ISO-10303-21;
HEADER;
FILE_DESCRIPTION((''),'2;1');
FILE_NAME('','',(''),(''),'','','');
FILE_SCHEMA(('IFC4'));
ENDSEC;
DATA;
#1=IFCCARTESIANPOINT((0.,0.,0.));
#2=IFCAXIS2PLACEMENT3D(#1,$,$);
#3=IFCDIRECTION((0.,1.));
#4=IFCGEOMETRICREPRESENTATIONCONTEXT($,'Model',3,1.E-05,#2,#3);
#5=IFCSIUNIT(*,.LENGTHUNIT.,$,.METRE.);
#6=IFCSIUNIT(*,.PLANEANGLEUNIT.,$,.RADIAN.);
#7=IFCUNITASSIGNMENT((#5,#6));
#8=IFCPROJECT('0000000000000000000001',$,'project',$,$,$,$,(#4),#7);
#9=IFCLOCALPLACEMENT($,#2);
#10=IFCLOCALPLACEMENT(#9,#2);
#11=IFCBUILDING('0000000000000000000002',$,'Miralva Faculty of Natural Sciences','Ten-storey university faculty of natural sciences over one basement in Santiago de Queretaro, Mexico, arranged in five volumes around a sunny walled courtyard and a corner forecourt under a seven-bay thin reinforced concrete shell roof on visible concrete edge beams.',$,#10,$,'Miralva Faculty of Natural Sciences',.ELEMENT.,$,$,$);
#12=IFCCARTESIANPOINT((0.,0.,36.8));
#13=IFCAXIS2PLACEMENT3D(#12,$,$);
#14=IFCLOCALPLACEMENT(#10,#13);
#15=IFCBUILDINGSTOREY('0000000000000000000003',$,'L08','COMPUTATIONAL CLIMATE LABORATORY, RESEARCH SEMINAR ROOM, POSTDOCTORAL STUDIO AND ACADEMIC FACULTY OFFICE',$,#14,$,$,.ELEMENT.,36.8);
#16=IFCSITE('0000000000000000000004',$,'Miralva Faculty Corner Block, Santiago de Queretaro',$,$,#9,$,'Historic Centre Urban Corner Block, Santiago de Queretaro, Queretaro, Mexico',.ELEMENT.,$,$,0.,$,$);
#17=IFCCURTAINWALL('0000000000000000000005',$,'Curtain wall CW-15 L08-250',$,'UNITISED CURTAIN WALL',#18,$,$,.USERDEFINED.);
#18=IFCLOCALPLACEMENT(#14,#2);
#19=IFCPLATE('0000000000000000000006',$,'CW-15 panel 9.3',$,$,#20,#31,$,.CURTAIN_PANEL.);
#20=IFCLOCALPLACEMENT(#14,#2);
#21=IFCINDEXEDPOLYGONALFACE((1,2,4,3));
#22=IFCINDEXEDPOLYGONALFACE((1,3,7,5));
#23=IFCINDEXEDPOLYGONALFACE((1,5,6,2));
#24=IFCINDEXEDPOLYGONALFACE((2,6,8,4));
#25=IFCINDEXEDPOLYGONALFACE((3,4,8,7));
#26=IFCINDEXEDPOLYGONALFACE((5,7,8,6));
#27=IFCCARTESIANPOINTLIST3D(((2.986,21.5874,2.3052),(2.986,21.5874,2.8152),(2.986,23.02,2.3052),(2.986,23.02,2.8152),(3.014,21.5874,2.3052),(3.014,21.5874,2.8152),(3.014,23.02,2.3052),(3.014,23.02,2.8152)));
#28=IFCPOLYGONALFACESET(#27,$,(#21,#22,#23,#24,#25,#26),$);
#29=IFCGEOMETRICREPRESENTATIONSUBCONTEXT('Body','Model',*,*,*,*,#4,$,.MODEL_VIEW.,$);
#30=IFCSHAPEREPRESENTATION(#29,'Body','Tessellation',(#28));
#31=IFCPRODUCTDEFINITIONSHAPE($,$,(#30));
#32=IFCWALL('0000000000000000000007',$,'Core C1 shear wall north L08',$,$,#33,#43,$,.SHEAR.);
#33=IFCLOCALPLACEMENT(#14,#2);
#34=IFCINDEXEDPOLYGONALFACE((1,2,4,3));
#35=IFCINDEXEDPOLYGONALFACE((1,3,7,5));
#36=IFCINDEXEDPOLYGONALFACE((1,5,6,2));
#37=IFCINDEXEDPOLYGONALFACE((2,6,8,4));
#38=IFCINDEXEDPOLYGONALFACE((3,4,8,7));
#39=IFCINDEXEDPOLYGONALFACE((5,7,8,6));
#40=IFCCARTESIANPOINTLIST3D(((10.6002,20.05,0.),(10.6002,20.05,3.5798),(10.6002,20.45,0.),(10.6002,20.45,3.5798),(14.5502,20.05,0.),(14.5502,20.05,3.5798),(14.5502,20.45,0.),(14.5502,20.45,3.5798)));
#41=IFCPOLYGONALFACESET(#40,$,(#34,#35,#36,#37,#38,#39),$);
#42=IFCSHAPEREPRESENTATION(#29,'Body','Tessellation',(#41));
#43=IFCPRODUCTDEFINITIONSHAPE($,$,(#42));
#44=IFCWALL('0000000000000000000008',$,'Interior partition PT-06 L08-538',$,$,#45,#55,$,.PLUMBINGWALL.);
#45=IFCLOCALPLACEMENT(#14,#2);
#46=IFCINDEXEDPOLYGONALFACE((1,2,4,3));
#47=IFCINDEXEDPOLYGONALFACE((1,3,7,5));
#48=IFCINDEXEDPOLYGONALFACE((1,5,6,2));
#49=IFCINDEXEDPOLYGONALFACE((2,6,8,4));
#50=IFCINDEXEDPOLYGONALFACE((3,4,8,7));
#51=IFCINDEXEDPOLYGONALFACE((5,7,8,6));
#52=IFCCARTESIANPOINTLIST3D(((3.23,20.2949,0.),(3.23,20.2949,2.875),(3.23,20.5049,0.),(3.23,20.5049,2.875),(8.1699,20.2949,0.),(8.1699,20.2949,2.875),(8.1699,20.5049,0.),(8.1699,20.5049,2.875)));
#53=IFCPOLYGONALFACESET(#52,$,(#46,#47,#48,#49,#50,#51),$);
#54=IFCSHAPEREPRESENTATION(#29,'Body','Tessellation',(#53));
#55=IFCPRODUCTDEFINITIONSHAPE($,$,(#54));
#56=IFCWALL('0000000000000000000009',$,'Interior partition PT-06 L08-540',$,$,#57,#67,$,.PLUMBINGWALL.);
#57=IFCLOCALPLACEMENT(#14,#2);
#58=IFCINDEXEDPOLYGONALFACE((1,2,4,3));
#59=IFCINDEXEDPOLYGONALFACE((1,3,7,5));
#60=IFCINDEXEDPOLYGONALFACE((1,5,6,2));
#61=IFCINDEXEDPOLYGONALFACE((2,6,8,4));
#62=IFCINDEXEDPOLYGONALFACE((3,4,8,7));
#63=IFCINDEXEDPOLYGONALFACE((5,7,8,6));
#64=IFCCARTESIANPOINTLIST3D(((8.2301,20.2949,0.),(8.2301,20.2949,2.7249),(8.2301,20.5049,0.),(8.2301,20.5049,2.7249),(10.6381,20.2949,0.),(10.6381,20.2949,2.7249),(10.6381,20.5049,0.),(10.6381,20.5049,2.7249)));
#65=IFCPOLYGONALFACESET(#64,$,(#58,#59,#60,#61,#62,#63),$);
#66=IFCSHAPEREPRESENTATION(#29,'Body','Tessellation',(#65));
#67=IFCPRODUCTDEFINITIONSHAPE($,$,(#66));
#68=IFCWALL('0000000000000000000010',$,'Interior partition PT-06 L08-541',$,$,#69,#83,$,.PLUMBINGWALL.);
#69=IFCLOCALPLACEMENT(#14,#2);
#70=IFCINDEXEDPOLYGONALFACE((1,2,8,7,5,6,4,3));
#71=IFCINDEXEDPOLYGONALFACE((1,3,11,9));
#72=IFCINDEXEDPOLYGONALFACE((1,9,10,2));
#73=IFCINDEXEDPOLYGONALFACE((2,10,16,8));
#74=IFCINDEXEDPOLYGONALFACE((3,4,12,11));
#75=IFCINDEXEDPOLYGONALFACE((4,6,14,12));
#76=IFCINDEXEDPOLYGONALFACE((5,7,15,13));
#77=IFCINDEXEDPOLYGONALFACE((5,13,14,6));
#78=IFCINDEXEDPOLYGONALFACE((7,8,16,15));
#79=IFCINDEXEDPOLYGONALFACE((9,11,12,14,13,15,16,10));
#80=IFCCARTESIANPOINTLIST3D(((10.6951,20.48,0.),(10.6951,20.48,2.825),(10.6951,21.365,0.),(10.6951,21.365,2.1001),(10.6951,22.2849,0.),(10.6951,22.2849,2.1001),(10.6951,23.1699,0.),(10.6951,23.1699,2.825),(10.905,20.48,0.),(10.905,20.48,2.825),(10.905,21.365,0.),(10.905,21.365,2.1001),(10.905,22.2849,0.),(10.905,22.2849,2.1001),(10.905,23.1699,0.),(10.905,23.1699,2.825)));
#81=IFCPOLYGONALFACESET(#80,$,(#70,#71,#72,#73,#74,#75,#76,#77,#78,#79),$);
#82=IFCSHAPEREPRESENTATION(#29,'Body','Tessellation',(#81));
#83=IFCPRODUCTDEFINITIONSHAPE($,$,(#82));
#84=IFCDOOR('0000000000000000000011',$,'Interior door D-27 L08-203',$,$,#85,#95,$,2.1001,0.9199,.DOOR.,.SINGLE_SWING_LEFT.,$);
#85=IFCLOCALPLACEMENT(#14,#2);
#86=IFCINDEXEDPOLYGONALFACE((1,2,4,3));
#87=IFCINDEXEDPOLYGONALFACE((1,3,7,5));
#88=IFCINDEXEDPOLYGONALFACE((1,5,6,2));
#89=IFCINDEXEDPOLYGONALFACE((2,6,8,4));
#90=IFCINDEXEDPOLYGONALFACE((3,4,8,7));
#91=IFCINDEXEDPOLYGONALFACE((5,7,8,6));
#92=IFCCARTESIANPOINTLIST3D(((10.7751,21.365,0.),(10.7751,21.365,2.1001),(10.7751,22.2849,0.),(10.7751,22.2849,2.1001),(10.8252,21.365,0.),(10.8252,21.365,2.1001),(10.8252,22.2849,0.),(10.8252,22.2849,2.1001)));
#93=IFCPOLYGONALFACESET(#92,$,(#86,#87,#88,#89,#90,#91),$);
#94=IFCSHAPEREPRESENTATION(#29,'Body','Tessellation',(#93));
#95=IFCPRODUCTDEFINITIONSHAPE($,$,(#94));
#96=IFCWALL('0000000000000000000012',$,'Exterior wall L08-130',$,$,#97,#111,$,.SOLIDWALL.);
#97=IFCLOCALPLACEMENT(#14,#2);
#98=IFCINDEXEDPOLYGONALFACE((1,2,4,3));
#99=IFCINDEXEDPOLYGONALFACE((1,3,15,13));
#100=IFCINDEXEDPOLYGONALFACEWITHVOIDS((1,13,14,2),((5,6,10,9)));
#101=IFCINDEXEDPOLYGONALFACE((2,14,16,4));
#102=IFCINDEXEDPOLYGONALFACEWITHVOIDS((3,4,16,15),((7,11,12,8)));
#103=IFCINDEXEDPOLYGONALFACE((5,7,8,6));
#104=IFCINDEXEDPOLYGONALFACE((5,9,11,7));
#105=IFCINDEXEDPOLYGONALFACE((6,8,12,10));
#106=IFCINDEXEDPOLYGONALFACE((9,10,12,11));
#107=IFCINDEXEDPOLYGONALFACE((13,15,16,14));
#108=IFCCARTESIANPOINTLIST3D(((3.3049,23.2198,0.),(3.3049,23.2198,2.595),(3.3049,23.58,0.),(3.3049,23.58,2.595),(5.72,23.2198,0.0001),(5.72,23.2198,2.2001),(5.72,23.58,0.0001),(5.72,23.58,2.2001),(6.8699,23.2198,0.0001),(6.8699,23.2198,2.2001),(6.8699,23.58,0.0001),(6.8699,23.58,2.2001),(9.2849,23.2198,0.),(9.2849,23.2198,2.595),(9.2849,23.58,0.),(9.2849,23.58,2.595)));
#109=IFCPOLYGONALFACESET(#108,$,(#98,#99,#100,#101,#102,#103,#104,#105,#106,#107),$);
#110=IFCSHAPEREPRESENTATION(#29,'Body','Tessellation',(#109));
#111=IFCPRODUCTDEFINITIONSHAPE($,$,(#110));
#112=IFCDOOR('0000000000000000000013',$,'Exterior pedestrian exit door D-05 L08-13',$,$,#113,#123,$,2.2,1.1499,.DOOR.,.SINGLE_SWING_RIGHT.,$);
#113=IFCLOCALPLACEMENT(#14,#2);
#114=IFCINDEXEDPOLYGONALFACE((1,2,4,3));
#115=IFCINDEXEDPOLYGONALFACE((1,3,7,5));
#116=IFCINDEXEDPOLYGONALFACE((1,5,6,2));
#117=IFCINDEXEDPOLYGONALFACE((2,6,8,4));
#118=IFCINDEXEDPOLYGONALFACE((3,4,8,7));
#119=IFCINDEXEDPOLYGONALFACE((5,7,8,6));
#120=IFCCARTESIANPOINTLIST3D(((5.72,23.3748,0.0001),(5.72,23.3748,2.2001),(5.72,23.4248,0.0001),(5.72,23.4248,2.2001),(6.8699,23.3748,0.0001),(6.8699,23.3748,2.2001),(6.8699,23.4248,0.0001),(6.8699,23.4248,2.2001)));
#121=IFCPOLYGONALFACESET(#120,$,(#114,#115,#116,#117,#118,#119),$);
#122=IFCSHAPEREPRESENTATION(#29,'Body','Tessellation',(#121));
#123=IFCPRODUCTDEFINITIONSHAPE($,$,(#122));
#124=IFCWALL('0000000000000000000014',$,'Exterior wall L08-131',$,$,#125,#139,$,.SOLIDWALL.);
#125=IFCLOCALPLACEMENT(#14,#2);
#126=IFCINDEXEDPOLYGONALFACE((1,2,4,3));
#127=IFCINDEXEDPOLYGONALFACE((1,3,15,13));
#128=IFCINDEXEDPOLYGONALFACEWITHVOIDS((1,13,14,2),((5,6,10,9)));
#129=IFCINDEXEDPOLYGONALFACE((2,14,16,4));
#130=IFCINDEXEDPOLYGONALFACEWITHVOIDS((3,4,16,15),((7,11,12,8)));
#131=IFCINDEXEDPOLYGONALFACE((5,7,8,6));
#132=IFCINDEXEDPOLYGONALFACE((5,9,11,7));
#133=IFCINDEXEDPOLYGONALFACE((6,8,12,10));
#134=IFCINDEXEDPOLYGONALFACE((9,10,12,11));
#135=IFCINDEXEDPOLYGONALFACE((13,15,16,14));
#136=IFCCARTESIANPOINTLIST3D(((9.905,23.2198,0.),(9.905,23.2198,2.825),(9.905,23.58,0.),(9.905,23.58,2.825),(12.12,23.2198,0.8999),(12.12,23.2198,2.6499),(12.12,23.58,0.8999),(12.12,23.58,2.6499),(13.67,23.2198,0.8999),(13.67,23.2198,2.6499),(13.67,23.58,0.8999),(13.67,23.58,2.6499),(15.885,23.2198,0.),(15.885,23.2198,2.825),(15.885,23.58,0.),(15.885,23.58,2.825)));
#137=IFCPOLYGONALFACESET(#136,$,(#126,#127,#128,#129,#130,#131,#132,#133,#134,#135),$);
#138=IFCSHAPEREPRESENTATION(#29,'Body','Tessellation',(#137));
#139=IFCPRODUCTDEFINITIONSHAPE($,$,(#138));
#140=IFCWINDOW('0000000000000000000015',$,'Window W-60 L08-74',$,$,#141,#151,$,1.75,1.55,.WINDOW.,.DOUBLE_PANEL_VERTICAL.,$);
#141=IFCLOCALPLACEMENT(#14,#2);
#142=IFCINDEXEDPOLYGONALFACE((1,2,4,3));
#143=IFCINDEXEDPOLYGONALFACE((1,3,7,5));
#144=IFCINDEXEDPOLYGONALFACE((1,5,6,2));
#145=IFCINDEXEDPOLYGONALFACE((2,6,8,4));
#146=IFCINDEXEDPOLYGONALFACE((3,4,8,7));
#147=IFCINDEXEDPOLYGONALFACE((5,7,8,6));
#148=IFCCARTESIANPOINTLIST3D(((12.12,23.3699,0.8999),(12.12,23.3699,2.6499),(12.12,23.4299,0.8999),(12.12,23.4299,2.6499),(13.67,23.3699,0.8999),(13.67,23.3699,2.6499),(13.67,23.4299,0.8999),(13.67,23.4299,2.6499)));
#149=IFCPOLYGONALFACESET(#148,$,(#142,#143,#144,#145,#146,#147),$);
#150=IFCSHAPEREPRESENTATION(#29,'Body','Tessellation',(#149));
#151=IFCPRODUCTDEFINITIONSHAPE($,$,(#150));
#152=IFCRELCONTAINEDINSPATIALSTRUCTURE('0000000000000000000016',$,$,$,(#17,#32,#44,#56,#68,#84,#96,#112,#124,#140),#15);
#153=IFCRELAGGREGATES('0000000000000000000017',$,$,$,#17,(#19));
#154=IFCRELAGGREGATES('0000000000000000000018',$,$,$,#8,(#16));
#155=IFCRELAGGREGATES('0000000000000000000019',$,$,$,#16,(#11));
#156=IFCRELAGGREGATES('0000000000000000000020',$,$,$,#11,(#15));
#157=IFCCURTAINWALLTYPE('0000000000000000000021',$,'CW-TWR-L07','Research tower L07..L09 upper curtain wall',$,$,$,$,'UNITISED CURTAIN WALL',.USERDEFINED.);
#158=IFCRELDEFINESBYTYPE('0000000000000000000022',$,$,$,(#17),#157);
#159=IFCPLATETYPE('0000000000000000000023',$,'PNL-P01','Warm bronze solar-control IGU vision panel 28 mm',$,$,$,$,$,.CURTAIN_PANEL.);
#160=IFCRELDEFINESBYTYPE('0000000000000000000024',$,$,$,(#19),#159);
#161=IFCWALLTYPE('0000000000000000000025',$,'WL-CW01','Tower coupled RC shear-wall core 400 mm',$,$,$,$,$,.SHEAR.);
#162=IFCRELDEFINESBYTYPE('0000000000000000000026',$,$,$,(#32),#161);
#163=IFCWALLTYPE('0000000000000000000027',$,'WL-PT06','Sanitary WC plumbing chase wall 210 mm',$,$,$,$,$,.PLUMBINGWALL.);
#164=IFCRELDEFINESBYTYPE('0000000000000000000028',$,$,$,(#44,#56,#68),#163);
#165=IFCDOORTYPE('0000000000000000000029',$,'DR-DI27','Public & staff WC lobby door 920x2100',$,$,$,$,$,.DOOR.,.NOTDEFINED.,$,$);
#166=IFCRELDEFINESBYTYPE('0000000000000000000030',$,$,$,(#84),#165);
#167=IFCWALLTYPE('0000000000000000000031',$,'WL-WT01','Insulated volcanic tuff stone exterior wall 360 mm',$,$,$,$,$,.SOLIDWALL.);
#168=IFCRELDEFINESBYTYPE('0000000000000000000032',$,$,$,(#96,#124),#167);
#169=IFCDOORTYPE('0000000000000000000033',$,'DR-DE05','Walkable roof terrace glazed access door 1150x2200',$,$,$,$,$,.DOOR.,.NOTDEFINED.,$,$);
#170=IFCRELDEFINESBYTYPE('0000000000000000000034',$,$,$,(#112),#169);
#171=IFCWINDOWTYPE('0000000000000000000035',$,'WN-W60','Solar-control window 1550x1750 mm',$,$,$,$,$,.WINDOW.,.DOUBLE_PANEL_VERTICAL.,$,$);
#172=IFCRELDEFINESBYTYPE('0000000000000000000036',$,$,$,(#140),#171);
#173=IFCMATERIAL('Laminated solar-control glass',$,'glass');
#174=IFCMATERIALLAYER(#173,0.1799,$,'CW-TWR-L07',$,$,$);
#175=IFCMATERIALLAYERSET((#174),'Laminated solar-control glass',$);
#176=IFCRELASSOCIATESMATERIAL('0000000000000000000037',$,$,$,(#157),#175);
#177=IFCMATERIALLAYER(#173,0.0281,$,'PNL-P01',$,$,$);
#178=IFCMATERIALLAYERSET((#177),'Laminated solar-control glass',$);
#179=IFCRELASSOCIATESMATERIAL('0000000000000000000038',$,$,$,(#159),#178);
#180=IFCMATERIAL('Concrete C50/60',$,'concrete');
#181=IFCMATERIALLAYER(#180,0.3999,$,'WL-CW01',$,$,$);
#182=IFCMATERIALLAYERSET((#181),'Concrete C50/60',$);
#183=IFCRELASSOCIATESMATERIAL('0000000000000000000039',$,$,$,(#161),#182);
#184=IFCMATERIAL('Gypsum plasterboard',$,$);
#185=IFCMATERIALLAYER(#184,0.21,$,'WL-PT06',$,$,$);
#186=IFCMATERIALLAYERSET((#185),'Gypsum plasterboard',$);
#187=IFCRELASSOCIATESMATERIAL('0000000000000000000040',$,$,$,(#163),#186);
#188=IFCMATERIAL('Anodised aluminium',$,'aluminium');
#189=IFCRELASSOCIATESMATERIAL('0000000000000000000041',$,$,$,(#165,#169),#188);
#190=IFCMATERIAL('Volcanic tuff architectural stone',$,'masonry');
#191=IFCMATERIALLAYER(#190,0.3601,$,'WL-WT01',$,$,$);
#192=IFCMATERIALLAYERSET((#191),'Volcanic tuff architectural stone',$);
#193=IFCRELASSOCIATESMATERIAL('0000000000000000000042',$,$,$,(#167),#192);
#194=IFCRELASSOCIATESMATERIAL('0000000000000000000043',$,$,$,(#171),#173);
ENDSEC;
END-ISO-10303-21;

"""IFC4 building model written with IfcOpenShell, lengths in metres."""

from ifc_helpers import new_model, si_unit, direction, frame, frame_2d, origin, origin_2d, place, context, subcontext, project, spatial, rectangle, extrude, material, layer, layer_set, type_object, element, fill, aggregate, save


model = new_model("IFC4")

# Units and contexts
model_context = context("Model", 3, precision=1e-05, world=origin(), true_north=direction((0.0, 1.0)))
body_context = subcontext(model_context, "Body", "Model", "MODEL_VIEW")
ifc_project = project(units=[si_unit("LENGTHUNIT", "METRE"), si_unit("PLANEANGLEUNIT", "RADIAN")], contexts=[model_context])

# Site, building, storey
site_placement = place(None, origin())
site = spatial("IfcSite", under=ifc_project, at=site_placement, Name="Miralva Faculty Corner Block, Santiago de Queretaro", LongName="Historic Centre Urban Corner Block, Santiago de Queretaro, Queretaro, Mexico", CompositionType="ELEMENT", RefElevation=0.0)
building_placement = place(site_placement, origin())
building = spatial("IfcBuilding", under=site, at=building_placement, Name="Miralva Faculty of Natural Sciences", Description="Ten-storey university faculty of natural sciences over one basement in Santiago de Queretaro, Mexico, arranged in five volumes around a sunny walled courtyard and a corner forecourt under a seven-bay thin reinforced concrete shell roof on visible concrete edge beams.", LongName="Miralva Faculty of Natural Sciences", CompositionType="ELEMENT")
storey_placement = place(building_placement, frame((0.0, 0.0, 36.8)))
storey = spatial("IfcBuildingStorey", under=building, at=storey_placement, Name="L08", Description="COMPUTATIONAL CLIMATE LABORATORY, RESEARCH SEMINAR ROOM, POSTDOCTORAL STUDIO AND ACADEMIC FACULTY OFFICE", CompositionType="ELEMENT", Elevation=36.8)

# Curtain wall, plate
ifc_material_1 = material(Name="Laminated solar-control glass", Category="glass")
ifc_layer_1 = layer(ifc_material_1, 0.1799, Name="CW-TWR-L07")
ifc_layer_set_1 = layer_set([ifc_layer_1], Name="Laminated solar-control glass")
curtain_wall_type = type_object("IfcCurtainWallType", Name="CW-TWR-L07", Description="Research tower L07..L09 upper curtain wall", ElementType="UNITISED CURTAIN WALL", PredefinedType="USERDEFINED", material=ifc_layer_set_1)
curtain_wall_placement = place(storey_placement, origin())
curtain_wall = element("IfcCurtainWall", 1, at=curtain_wall_placement, inside=storey, type_object=curtain_wall_type, Name="Curtain wall CW-15 L08-250", ObjectType="UNITISED CURTAIN WALL", PredefinedType="USERDEFINED")
ifc_material_2 = material(Name="Anodised aluminium", Category="aluminium")
ifc_layer_2 = layer(ifc_material_1, 0.0281, Name="PNL-P01")
ifc_layer_set_2 = layer_set([ifc_layer_2], Name="Laminated solar-control glass")
plate_type = type_object("IfcPlateType", Name="PNL-P01", Description="Warm bronze solar-control IGU vision panel 28 mm", PredefinedType="CURTAIN_PANEL", material=ifc_layer_set_2)
plate_1_placement = place(storey_placement, frame((3.0, 22.3037, 2.3052), z_axis=(0.0, 0.0, 1.0), x_axis=(0.0, 1.0, 0.0)))
plate_1 = element("IfcPlate", 2, at=plate_1_placement, type_object=plate_type, Name="CW-15 panel 9.3", PredefinedType="CURTAIN_PANEL", context=body_context, shape_type="SweptSolid", body=[
    extrude(rectangle(XDim=1.4326, YDim=0.0281, at=origin_2d()), origin(), (0.0, 0.0, 1.0), 0.51),
])
aggregate(curtain_wall, [plate_1])

# Walls
ifc_material_3 = material(Name="Concrete C50/60", Category="concrete")
ifc_layer_3 = layer(ifc_material_3, 0.3999, Name="WL-CW01")
ifc_layer_set_3 = layer_set([ifc_layer_3], Name="Concrete C50/60")
wall_type_1 = type_object("IfcWallType", Name="WL-CW01", Description="Tower coupled RC shear-wall core 400 mm", PredefinedType="SHEAR", material=ifc_layer_set_3)
wall_1_placement = place(storey_placement, frame((10.6001, 20.25, 0.0), z_axis=(0.0, 0.0, 1.0), x_axis=(1.0, 0.0, 0.0)))
element("IfcWall", 3, at=wall_1_placement, inside=storey, type_object=wall_type_1, Name="Core C1 shear wall north L08", PredefinedType="SHEAR", context=body_context, shape_type="SweptSolid", body=[
    extrude(rectangle(XDim=3.95, YDim=0.3999, at=frame_2d((1.9751, 0.0))), origin(), (0.0, 0.0, 1.0), 3.5798),
])
ifc_material_4 = material(Name="Gypsum plasterboard")
ifc_layer_4 = layer(ifc_material_4, 0.21, Name="WL-PT06")
ifc_layer_set_4 = layer_set([ifc_layer_4], Name="Gypsum plasterboard")
wall_type_2 = type_object("IfcWallType", Name="WL-PT06", Description="Sanitary WC plumbing chase wall 210 mm", PredefinedType="PLUMBINGWALL", material=ifc_layer_set_4)
wall_2_placement = place(storey_placement, frame((3.23, 20.3999, 0.0), z_axis=(0.0, 0.0, 1.0), x_axis=(1.0, 0.0, 0.0)))
element("IfcWall", 4, at=wall_2_placement, inside=storey, type_object=wall_type_2, Name="Interior partition PT-06 L08-538", PredefinedType="PLUMBINGWALL", context=body_context, shape_type="SweptSolid", body=[
    extrude(rectangle(XDim=4.9399, YDim=0.21, at=frame_2d((2.47, 0.0))), origin(), (0.0, 0.0, 1.0), 2.875),
])
wall_3_placement = place(storey_placement, frame((8.23, 20.3999, 0.0), z_axis=(0.0, 0.0, 1.0), x_axis=(1.0, 0.0, 0.0)))
element("IfcWall", 5, at=wall_3_placement, inside=storey, type_object=wall_type_2, Name="Interior partition PT-06 L08-540", PredefinedType="PLUMBINGWALL", context=body_context, shape_type="SweptSolid", body=[
    extrude(rectangle(XDim=2.408, YDim=0.21, at=frame_2d((1.2041, 0.0))), origin(), (0.0, 0.0, 1.0), 2.7249),
])

# Walls, openings, doors
wall_4_placement = place(storey_placement, frame((10.8, 20.48, 0.0), z_axis=(0.0, 0.0, 1.0), x_axis=(0.0, 1.0, 0.0)))
wall_4 = element("IfcWall", 6, at=wall_4_placement, inside=storey, type_object=wall_type_2, Name="Interior partition PT-06 L08-541", PredefinedType="PLUMBINGWALL", context=body_context, shape_type="SweptSolid", body=[
    extrude(rectangle(XDim=2.6899, YDim=0.21, at=frame_2d((1.345, 0.0))), origin(), (0.0, 0.0, 1.0), 2.825),
])
opening_1_placement = place(wall_4_placement, frame((0.885, 0.0, 0.0)))
opening_1 = element("IfcOpeningElement", 7, at=opening_1_placement, cuts=wall_4, PredefinedType="OPENING", context=body_context, shape_type="SweptSolid", body=[
    extrude(rectangle(XDim=0.9199, YDim=2.1001, at=frame_2d((0.46, 1.05))), frame((0.0, 0.115, 0.0), z_axis=(0.0, -1.0, 0.0), x_axis=(1.0, 0.0, 0.0)), (0.0, 0.0, 1.0), 0.23),
])
door_type_1 = type_object("IfcDoorType", Name="DR-DI27", Description="Public & staff WC lobby door 920x2100", OperationType="NOTDEFINED", PredefinedType="DOOR", material=ifc_material_2)
door_1_placement = place(opening_1_placement, origin())
door_1 = element("IfcDoor", 8, at=door_1_placement, inside=storey, type_object=door_type_1, Name="Interior door D-27 L08-203", OperationType="SINGLE_SWING_LEFT", OverallHeight=2.1001, OverallWidth=0.9199, PredefinedType="DOOR", context=body_context, shape_type="SweptSolid", body=[
    extrude(rectangle(XDim=0.9199, YDim=2.1001, at=frame_2d((0.46, 1.05))), frame((0.0, 0.0249, 0.0), z_axis=(0.0, -1.0, 0.0), x_axis=(1.0, 0.0, 0.0)), (0.0, 0.0, 1.0), 0.05),
])
fill(opening_1, door_1)
ifc_material_5 = material(Name="Volcanic tuff architectural stone", Category="masonry")
ifc_layer_5 = layer(ifc_material_5, 0.3601, Name="WL-WT01")
ifc_layer_set_5 = layer_set([ifc_layer_5], Name="Volcanic tuff architectural stone")
wall_type_3 = type_object("IfcWallType", Name="WL-WT01", Description="Insulated volcanic tuff stone exterior wall 360 mm", PredefinedType="SOLIDWALL", material=ifc_layer_set_5)
wall_5_placement = place(storey_placement, frame((3.3049, 23.3999, 0.0), z_axis=(0.0, 0.0, 1.0), x_axis=(1.0, 0.0, 0.0)))
wall_5 = element("IfcWall", 9, at=wall_5_placement, inside=storey, type_object=wall_type_3, Name="Exterior wall L08-130", PredefinedType="SOLIDWALL", context=body_context, shape_type="SweptSolid", body=[
    extrude(rectangle(XDim=5.98, YDim=0.3601, at=frame_2d((2.99, 0.0))), origin(), (0.0, 0.0, 1.0), 2.595),
])
opening_2_placement = place(wall_5_placement, frame((2.415, 0.0, 0.0)))
opening_2 = element("IfcOpeningElement", 10, at=opening_2_placement, cuts=wall_5, PredefinedType="OPENING", context=body_context, shape_type="SweptSolid", body=[
    extrude(rectangle(XDim=1.1499, YDim=2.2, at=frame_2d((0.575, 1.1001))), frame((0.0, 0.1899, 0.0), z_axis=(0.0, -1.0, 0.0), x_axis=(1.0, 0.0, 0.0)), (0.0, 0.0, 1.0), 0.3801),
])
door_type_2 = type_object("IfcDoorType", Name="DR-DE05", Description="Walkable roof terrace glazed access door 1150x2200", OperationType="NOTDEFINED", PredefinedType="DOOR", material=ifc_material_2)
door_2_placement = place(opening_2_placement, origin())
door_2 = element("IfcDoor", 11, at=door_2_placement, inside=storey, type_object=door_type_2, Name="Exterior pedestrian exit door D-05 L08-13", OperationType="SINGLE_SWING_RIGHT", OverallHeight=2.2, OverallWidth=1.1499, PredefinedType="DOOR", context=body_context, shape_type="SweptSolid", body=[
    extrude(rectangle(XDim=1.1499, YDim=2.2, at=frame_2d((0.575, 1.1001))), frame((0.0, 0.0249, 0.0), z_axis=(0.0, -1.0, 0.0), x_axis=(1.0, 0.0, 0.0)), (0.0, 0.0, 1.0), 0.05),
])
fill(opening_2, door_2)

# Wall, opening, window
wall_6_placement = place(storey_placement, frame((9.905, 23.3999, 0.0), z_axis=(0.0, 0.0, 1.0), x_axis=(1.0, 0.0, 0.0)))
wall_6 = element("IfcWall", 12, at=wall_6_placement, inside=storey, type_object=wall_type_3, Name="Exterior wall L08-131", PredefinedType="SOLIDWALL", context=body_context, shape_type="SweptSolid", body=[
    extrude(rectangle(XDim=5.98, YDim=0.3601, at=frame_2d((2.99, 0.0))), origin(), (0.0, 0.0, 1.0), 2.825),
])
opening_3_placement = place(wall_6_placement, frame((2.2151, 0.0, 0.8999)))
opening_3 = element("IfcOpeningElement", 13, at=opening_3_placement, cuts=wall_6, PredefinedType="OPENING", context=body_context, shape_type="SweptSolid", body=[
    extrude(rectangle(XDim=1.55, YDim=1.75, at=frame_2d((0.7749, 0.875))), frame((0.0, 0.1899, 0.0), z_axis=(0.0, -1.0, 0.0), x_axis=(1.0, 0.0, 0.0)), (0.0, 0.0, 1.0), 0.3801),
])
window_type = type_object("IfcWindowType", Name="WN-W60", Description="Solar-control window 1550x1750 mm", PartitioningType="DOUBLE_PANEL_VERTICAL", PredefinedType="WINDOW", material=ifc_material_1)
window_placement = place(opening_3_placement, origin())
window = element("IfcWindow", 14, at=window_placement, inside=storey, type_object=window_type, Name="Window W-60 L08-74", OverallHeight=1.75, OverallWidth=1.55, PartitioningType="DOUBLE_PANEL_VERTICAL", PredefinedType="WINDOW", context=body_context, shape_type="SweptSolid", body=[
    extrude(rectangle(XDim=1.55, YDim=1.75, at=frame_2d((0.7749, 0.875))), frame((0.0, 0.03, 0.0), z_axis=(0.0, -1.0, 0.0), x_axis=(1.0, 0.0, 0.0)), (0.0, 0.0, 1.0), 0.0601),
])
fill(opening_3, window)

save(model, "model.ifc")
